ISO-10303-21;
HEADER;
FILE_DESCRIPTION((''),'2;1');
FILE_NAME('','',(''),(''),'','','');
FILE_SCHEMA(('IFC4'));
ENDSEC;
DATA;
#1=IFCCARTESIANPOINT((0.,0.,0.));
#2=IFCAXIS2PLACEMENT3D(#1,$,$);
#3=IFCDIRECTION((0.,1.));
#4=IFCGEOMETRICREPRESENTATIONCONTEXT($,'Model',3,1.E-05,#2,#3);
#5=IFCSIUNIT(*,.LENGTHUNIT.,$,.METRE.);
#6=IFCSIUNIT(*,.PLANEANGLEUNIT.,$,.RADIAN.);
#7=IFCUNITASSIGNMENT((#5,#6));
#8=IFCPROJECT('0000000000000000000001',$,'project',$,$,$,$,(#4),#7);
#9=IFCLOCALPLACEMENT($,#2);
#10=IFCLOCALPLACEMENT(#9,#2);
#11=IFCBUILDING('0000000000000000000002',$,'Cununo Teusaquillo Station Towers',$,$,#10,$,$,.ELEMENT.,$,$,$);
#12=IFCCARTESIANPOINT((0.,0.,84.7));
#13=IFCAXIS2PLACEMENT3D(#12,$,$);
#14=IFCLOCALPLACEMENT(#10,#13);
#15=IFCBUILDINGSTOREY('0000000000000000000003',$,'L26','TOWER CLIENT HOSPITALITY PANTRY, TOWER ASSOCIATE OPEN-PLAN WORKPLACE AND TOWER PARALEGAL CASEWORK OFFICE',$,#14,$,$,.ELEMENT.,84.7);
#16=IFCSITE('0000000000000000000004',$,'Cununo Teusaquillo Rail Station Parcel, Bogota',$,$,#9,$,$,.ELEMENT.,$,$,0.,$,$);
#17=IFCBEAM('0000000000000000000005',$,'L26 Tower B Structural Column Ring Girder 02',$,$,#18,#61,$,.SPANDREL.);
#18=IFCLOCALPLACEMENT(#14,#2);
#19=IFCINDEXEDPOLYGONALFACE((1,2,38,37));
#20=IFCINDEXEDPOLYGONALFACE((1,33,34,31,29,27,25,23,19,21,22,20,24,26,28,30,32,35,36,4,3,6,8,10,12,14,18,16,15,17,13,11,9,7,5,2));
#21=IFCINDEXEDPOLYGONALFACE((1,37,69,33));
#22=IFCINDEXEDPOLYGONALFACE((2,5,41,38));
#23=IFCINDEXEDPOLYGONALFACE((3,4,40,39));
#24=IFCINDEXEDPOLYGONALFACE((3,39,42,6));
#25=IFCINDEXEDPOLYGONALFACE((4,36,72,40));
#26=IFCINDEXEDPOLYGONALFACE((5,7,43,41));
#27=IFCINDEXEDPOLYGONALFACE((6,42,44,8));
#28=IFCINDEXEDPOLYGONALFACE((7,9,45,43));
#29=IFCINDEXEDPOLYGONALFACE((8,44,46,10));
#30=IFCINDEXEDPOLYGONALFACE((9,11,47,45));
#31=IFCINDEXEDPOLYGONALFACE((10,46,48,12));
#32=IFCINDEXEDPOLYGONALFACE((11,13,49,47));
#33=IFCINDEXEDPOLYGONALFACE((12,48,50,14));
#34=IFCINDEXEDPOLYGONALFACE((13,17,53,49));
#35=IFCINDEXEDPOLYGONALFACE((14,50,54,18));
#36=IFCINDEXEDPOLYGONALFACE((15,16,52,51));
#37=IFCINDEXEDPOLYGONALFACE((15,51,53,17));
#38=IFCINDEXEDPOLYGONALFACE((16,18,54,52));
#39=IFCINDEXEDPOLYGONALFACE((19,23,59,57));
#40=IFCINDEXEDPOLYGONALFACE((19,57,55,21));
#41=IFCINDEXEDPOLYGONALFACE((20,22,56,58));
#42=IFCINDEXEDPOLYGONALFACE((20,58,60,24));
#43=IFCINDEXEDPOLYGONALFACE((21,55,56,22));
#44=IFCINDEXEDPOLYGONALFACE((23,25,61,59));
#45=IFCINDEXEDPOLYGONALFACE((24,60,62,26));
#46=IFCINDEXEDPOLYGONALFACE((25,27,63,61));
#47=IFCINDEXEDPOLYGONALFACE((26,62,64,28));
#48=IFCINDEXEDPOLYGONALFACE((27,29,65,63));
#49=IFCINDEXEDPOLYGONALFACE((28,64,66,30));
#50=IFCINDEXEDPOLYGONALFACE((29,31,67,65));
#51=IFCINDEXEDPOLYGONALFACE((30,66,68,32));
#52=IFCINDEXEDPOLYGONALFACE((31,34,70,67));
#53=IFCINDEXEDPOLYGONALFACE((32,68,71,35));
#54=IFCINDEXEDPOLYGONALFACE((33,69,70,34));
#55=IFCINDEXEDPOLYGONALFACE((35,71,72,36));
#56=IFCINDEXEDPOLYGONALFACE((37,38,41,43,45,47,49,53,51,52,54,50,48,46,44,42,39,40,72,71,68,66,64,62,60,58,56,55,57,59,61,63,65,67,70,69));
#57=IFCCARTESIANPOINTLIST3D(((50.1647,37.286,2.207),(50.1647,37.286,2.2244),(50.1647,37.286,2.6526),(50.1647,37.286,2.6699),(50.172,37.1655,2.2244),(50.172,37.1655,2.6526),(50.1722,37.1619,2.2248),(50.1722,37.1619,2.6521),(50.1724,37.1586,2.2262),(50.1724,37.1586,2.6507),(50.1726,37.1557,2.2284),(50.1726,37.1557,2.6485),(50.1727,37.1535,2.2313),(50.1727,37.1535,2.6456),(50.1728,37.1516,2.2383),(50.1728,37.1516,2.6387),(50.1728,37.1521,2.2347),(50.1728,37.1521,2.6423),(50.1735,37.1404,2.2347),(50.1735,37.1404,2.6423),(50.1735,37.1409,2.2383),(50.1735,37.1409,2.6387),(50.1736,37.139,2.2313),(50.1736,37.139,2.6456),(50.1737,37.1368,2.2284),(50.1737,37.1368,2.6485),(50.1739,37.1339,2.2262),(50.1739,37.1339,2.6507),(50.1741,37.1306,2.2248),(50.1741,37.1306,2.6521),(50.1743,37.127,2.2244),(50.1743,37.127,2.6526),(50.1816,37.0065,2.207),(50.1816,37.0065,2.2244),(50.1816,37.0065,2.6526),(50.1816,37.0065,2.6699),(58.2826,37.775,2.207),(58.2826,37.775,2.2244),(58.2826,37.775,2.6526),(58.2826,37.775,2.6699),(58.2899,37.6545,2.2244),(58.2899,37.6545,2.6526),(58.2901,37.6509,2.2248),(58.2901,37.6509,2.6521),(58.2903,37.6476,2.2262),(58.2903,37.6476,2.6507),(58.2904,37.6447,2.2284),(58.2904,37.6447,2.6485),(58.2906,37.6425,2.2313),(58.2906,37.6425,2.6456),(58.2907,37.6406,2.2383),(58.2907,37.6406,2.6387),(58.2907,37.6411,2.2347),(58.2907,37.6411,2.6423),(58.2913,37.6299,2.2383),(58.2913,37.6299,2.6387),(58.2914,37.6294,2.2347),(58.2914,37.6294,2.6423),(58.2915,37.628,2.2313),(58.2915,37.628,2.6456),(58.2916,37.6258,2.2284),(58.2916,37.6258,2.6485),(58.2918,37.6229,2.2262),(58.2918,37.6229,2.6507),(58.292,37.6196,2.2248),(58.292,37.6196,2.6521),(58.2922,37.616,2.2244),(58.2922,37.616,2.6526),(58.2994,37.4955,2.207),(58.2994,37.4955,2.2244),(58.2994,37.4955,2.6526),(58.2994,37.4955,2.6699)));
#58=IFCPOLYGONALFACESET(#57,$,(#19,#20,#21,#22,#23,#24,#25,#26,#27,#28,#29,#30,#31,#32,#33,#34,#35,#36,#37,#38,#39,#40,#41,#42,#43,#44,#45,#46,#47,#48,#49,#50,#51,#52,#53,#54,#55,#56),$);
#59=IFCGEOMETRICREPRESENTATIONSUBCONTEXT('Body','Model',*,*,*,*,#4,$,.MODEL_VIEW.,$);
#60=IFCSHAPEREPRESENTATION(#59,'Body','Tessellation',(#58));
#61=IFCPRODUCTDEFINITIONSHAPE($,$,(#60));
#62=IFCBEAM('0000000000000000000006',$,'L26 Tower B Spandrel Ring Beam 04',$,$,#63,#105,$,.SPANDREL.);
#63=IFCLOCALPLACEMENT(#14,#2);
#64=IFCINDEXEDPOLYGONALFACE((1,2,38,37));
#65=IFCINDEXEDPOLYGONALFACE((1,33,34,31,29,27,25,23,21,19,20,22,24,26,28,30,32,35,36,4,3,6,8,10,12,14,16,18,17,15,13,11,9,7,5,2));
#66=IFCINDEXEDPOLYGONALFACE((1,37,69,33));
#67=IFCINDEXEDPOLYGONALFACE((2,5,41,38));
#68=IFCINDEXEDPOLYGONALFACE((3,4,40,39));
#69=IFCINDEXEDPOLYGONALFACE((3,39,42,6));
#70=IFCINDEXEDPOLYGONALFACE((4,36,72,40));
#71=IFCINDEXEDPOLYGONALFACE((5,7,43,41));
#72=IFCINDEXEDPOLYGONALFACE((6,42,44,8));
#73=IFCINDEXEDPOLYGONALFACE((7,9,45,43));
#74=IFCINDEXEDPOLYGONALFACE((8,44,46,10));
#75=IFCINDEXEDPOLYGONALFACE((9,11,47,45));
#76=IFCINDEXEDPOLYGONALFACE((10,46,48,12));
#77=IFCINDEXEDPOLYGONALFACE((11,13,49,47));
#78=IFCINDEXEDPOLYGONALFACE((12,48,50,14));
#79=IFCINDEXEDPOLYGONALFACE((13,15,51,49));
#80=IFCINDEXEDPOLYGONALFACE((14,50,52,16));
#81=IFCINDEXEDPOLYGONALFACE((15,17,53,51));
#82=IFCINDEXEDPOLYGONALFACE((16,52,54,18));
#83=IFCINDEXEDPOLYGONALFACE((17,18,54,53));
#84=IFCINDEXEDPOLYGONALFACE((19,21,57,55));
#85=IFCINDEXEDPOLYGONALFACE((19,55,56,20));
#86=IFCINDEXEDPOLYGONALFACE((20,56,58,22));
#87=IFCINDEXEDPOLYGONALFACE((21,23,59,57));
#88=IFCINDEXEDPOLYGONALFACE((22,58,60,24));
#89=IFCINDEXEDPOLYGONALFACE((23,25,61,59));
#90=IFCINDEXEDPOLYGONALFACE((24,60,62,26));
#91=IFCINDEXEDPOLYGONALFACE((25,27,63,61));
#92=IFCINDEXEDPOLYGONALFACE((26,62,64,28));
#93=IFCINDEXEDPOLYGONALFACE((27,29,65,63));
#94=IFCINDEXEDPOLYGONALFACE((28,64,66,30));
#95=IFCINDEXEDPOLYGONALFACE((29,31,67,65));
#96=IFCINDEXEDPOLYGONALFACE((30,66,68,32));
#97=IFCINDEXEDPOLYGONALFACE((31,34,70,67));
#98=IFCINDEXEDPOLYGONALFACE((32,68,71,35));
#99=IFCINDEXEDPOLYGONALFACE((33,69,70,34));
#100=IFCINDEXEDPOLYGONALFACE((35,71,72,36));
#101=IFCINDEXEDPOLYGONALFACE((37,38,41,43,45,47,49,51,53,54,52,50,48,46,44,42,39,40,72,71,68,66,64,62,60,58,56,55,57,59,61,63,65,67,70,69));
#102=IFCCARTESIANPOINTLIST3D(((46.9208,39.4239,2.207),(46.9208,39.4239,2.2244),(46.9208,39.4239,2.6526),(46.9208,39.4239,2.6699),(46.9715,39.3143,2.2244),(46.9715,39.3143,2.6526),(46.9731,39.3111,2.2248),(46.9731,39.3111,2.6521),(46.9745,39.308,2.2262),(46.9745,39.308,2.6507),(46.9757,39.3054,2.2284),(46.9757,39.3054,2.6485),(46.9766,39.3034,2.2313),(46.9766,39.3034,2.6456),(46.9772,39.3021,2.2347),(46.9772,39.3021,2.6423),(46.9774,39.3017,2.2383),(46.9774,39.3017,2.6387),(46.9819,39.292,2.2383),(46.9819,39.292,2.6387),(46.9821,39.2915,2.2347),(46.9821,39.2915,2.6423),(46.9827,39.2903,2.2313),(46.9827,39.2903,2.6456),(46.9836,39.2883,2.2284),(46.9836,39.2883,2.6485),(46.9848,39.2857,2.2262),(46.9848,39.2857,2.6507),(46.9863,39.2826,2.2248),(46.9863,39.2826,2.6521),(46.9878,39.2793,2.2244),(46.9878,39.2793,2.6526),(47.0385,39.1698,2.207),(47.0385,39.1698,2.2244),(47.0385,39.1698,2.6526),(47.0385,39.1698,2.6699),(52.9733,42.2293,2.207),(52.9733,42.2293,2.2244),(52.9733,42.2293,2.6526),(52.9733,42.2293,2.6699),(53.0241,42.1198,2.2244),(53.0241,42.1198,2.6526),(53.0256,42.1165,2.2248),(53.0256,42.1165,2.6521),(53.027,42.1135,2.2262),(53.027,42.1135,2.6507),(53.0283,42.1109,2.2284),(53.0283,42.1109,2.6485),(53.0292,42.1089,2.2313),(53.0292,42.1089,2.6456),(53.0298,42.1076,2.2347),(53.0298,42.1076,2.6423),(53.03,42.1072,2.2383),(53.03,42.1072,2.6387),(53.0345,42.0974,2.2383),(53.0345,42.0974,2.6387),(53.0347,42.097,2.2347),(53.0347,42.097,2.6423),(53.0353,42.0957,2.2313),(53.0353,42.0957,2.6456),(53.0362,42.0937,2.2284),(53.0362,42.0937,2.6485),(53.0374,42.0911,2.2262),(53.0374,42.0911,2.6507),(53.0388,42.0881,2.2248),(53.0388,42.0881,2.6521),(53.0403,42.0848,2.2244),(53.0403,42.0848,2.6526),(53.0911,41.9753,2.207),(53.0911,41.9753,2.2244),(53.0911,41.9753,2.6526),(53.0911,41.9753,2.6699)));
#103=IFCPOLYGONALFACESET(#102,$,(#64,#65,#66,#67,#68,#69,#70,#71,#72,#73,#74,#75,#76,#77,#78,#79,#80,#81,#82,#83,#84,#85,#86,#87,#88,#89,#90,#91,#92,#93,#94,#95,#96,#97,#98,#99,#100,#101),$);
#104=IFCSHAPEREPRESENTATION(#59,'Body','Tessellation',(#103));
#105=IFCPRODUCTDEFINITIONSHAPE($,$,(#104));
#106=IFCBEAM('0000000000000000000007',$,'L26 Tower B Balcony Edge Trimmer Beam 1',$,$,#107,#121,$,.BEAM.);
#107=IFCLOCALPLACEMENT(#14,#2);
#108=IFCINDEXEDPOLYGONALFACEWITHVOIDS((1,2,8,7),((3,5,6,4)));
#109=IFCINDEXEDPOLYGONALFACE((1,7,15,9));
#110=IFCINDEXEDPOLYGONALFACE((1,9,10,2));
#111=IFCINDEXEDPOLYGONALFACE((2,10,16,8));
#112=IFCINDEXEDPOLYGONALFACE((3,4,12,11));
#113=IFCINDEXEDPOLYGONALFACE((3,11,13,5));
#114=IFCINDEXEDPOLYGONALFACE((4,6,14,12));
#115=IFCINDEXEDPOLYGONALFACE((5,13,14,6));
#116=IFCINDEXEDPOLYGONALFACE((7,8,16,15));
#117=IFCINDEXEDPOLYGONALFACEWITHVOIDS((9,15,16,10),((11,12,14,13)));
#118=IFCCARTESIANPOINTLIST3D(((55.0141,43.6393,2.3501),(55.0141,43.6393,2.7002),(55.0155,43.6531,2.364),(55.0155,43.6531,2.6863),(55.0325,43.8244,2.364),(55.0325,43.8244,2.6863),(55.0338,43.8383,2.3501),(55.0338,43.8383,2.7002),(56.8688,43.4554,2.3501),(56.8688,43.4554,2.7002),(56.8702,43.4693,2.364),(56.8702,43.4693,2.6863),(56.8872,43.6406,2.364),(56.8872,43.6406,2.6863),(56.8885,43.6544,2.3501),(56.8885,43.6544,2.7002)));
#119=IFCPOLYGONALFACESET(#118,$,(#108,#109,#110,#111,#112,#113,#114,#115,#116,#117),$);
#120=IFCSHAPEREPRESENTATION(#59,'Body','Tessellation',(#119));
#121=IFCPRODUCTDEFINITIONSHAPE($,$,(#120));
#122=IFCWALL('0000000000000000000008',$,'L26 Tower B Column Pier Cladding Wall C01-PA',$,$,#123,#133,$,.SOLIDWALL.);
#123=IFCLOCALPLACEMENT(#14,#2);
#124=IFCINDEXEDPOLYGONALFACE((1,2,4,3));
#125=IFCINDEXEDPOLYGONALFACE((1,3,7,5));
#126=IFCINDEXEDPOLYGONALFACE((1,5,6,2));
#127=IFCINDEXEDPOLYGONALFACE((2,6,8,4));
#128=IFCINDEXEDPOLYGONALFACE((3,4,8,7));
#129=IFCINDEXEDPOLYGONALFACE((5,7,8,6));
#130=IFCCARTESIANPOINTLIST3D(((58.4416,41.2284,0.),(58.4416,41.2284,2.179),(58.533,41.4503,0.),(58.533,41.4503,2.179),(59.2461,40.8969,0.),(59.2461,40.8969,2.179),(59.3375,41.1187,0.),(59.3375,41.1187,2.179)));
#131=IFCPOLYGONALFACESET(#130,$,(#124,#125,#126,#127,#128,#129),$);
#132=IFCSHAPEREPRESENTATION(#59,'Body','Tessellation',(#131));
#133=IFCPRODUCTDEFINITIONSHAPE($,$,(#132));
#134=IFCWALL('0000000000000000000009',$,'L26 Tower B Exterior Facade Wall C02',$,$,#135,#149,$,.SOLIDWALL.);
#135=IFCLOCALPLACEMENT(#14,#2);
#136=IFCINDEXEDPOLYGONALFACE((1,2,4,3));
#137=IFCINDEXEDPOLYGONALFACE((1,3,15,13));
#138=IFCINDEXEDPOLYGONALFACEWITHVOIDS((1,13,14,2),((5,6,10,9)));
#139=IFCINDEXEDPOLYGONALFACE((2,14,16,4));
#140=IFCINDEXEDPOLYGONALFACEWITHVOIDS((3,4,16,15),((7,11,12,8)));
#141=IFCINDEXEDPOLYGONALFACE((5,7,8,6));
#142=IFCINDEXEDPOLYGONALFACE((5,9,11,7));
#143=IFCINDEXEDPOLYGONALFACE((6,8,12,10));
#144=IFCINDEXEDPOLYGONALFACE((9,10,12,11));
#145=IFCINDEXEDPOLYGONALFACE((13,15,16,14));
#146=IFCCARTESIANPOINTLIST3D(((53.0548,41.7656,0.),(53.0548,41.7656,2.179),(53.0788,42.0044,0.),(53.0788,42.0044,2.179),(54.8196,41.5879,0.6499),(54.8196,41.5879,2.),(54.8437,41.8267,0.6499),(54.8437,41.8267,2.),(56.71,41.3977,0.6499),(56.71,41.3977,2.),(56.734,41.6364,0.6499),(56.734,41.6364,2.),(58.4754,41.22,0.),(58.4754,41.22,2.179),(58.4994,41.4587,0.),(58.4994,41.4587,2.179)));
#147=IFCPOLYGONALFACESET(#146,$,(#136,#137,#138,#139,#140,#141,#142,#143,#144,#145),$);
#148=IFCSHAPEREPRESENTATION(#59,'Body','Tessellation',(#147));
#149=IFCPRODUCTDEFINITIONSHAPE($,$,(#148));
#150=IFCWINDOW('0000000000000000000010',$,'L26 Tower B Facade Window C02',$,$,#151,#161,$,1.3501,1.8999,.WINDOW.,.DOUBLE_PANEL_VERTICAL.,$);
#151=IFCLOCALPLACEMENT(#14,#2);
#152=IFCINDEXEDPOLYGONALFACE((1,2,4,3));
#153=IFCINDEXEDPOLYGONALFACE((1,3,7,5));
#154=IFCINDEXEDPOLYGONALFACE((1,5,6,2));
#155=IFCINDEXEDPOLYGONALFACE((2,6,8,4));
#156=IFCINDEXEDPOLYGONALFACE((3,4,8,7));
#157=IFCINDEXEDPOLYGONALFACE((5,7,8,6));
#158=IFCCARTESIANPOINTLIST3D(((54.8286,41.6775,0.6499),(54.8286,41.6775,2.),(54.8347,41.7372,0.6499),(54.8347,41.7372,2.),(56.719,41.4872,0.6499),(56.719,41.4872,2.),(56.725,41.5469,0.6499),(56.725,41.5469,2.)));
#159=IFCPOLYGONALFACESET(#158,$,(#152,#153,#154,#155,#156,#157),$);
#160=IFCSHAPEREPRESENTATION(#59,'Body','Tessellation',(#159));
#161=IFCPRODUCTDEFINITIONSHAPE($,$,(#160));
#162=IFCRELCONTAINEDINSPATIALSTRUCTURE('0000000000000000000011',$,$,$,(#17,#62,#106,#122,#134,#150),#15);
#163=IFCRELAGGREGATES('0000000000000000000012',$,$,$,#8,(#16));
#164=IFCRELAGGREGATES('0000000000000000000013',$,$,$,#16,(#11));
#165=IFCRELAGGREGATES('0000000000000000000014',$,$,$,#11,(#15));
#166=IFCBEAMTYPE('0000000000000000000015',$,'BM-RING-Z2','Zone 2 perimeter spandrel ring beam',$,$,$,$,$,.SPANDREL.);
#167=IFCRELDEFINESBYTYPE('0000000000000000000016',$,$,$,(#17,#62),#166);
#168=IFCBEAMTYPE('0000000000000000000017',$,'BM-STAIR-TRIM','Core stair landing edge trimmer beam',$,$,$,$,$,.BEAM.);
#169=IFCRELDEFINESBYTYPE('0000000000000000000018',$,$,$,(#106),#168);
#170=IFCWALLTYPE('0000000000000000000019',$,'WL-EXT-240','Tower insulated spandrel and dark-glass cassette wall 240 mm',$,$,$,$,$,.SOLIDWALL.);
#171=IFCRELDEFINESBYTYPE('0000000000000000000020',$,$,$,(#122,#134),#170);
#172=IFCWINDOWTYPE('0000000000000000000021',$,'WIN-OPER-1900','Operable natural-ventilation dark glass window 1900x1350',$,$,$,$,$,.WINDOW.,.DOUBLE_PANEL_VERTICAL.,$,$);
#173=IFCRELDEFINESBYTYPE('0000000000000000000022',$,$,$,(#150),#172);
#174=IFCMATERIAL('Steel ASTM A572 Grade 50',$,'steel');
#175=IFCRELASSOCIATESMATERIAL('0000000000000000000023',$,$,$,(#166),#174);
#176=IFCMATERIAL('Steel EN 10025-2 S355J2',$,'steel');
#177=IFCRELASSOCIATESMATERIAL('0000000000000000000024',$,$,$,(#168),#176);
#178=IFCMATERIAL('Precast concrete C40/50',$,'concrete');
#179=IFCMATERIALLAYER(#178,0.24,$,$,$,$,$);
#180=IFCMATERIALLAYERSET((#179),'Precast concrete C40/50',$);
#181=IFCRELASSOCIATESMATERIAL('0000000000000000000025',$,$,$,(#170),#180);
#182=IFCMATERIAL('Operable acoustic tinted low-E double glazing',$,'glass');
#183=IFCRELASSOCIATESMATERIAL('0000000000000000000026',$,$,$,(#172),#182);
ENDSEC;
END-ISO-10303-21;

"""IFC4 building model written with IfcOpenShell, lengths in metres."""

from ifc_helpers import new_model, si_unit, direction, frame, frame_2d, origin, origin_2d, place, context, subcontext, project, spatial, rectangle, hollow_rectangle, i_section, extrude, source, transform, mapped, material, layer, layer_set, material_profile, profile_set, type_object, element, fill, save


model = new_model("IFC4")

# Units and contexts
model_context = context("Model", 3, precision=1e-05, world=origin(), true_north=direction((0.0, 1.0)))
body_context = subcontext(model_context, "Body", "Model", "MODEL_VIEW")
ifc_project = project(units=[si_unit("LENGTHUNIT", "METRE"), si_unit("PLANEANGLEUNIT", "RADIAN")], contexts=[model_context])

# Site, building, storey
site_placement = place(None, origin())
site = spatial("IfcSite", under=ifc_project, at=site_placement, Name="Cununo Teusaquillo Rail Station Parcel, Bogota", CompositionType="ELEMENT", RefElevation=0.0)
building_placement = place(site_placement, origin())
building = spatial("IfcBuilding", under=site, at=building_placement, Name="Cununo Teusaquillo Station Towers", CompositionType="ELEMENT")
storey_placement = place(building_placement, frame((0.0, 0.0, 84.7)))
storey = spatial("IfcBuildingStorey", under=building, at=storey_placement, Name="L26", Description="TOWER CLIENT HOSPITALITY PANTRY, TOWER ASSOCIATE OPEN-PLAN WORKPLACE AND TOWER PARALEGAL CASEWORK OFFICE", CompositionType="ELEMENT", Elevation=84.7)

# Beams
ifc_material_1 = material(Name="Steel ASTM A572 Grade 50", Category="steel")
ifc_material_profile_1 = material_profile(ifc_material_1, i_section(OverallWidth=0.28, OverallDepth=0.4629, WebThickness=0.0107, FlangeThickness=0.0173, FilletRadius=0.0139, at=origin_2d()), Name="W18X76")
ifc_profile_set_1 = profile_set([ifc_material_profile_1], Name="Steel ASTM A572 Grade 50")
beam_type_1 = type_object("IfcBeamType", Name="BM-RING-Z2", Description="Zone 2 perimeter spandrel ring beam", PredefinedType="SPANDREL", material=ifc_profile_set_1)
beam_1_placement = place(storey_placement, frame((58.291, 37.6353, 2.4385), z_axis=(-0.998191, -0.06013, 0.0), x_axis=(0.06013, -0.998191, 0.0)))
element("IfcBeam", 1, at=beam_1_placement, inside=storey, type_object=beam_type_1, Name="L26 Tower B Structural Column Ring Girder 02", PredefinedType="SPANDREL", context=body_context, shape_type="SweptSolid", body=[
    extrude(i_section(OverallWidth=0.28, OverallDepth=0.4629, WebThickness=0.0107, FlangeThickness=0.0173, FilletRadius=0.0139, at=origin_2d()), origin(), (0.0, 0.0, 1.0), 8.1326),
])
beam_2_placement = place(storey_placement, frame((53.0322, 42.1023, 2.4385), z_axis=(-0.907276, -0.420536, 0.0), x_axis=(0.420536, -0.907276, 0.0)))
element("IfcBeam", 2, at=beam_2_placement, inside=storey, type_object=beam_type_1, Name="L26 Tower B Spandrel Ring Beam 04", PredefinedType="SPANDREL", context=body_context, shape_type="SweptSolid", body=[
    extrude(i_section(OverallWidth=0.28, OverallDepth=0.4629, WebThickness=0.0107, FlangeThickness=0.0173, FilletRadius=0.0139, at=origin_2d()), origin(), (0.0, 0.0, 1.0), 6.6711),
])
ifc_material_2 = material(Name="Steel EN 10025-2 S355J2", Category="steel")
ifc_material_profile_2 = material_profile(ifc_material_2, hollow_rectangle(XDim=0.2, YDim=0.3501, WallThickness=0.0139, at=origin_2d()), Name="RHS 350x200x14")
ifc_profile_set_2 = profile_set([ifc_material_profile_2], Name="Steel EN 10025-2 S355J2")
beam_type_2 = type_object("IfcBeamType", Name="BM-STAIR-TRIM", Description="Core stair landing edge trimmer beam", PredefinedType="BEAM", material=ifc_profile_set_2)
beam_3_placement = place(storey_placement, frame((56.8787, 43.5549, 2.5251), z_axis=(-0.995124, 0.098635, 0.0), x_axis=(-0.098635, -0.995124, 0.0)))
element("IfcBeam", 3, at=beam_3_placement, inside=storey, type_object=beam_type_2, Name="L26 Tower B Balcony Edge Trimmer Beam 1", PredefinedType="BEAM", context=body_context, shape_type="SweptSolid", body=[
    extrude(hollow_rectangle(XDim=0.2, YDim=0.3501, WallThickness=0.0139, at=origin_2d()), origin(), (0.0, 0.0, 1.0), 1.8638),
])

# Wall
ifc_material_3 = material(Name="Precast concrete C40/50", Category="concrete")
ifc_layer_1 = layer(ifc_material_3, 0.24)
ifc_layer_set_1 = layer_set([ifc_layer_1], Name="Precast concrete C40/50")
wall_type_1 = type_object("IfcWallType", Name="WL-EXT-240", Description="Tower insulated spandrel and dark-glass cassette wall 240 mm", PredefinedType="SOLIDWALL", material=ifc_layer_set_1)
wall_1_placement = place(storey_placement, frame((58.4873, 41.3394, 0.0), z_axis=(0.0, 0.0, 1.0), x_axis=(0.924556, -0.381046, 0.0)))
element("IfcWall", 4, at=wall_1_placement, inside=storey, type_object=wall_type_1, Name="L26 Tower B Column Pier Cladding Wall C01-PA", PredefinedType="SOLIDWALL", context=body_context, shape_type="SweptSolid", body=[
    extrude(rectangle(XDim=0.8701, YDim=0.24, at=frame_2d((0.4351, 0.0))), origin(), (0.0, 0.0, 1.0), 2.179),
])

# Wall, opening, window
wall_2_placement = place(storey_placement, frame((53.0667, 41.885, 0.0), z_axis=(0.0, 0.0, 1.0), x_axis=(0.994972, -0.100156, 0.0)))
wall_2 = element("IfcWall", 5, at=wall_2_placement, inside=storey, type_object=wall_type_1, Name="L26 Tower B Exterior Facade Wall C02", PredefinedType="SOLIDWALL", context=body_context, shape_type="SweptSolid", body=[
    extrude(rectangle(XDim=5.448, YDim=0.24, at=frame_2d((2.7241, 0.0))), origin(), (0.0, 0.0, 1.0), 2.179),
])
shared_shape_1 = source(origin(), body_context, "Body", "SweptSolid", [
    extrude(rectangle(XDim=1.8999, YDim=1.3501, at=frame_2d((0.95, 0.675))), frame((0.0, 0.1299, 0.0), z_axis=(0.0, -1.0, 0.0), x_axis=(1.0, 0.0, 0.0)), (0.0, 0.0, 1.0), 0.26),
])
opening_1_placement = place(wall_2_placement, frame((1.7739, 0.0, 0.6499)))
opening_1 = element("IfcOpeningElement", 6, at=opening_1_placement, cuts=wall_2, PredefinedType="OPENING", context=body_context, shape_type="MappedRepresentation", body=[
    mapped(shared_shape_1, transform((0.0, 0.0, 0.0), x_axis=(1.0, 0.0, 0.0), y_axis=(0.0, 1.0, 0.0), z_axis=(0.0, 0.0, 1.0), scale=1.0)),
])
ifc_material_4 = material(Name="Operable acoustic tinted low-E double glazing", Category="glass")
window_type = type_object("IfcWindowType", Name="WIN-OPER-1900", Description="Operable natural-ventilation dark glass window 1900x1350", PartitioningType="DOUBLE_PANEL_VERTICAL", PredefinedType="WINDOW", material=ifc_material_4)
shared_shape_2 = source(origin(), body_context, "Body", "SweptSolid", [
    extrude(rectangle(XDim=1.8999, YDim=1.3501, at=frame_2d((0.95, 0.675))), frame((0.0, 0.03, 0.0), z_axis=(0.0, -1.0, 0.0), x_axis=(1.0, 0.0, 0.0)), (0.0, 0.0, 1.0), 0.0601),
])
window_placement = place(opening_1_placement, origin())
window = element("IfcWindow", 7, at=window_placement, inside=storey, type_object=window_type, Name="L26 Tower B Facade Window C02", OverallHeight=1.3501, OverallWidth=1.8999, PartitioningType="DOUBLE_PANEL_VERTICAL", PredefinedType="WINDOW", context=body_context, shape_type="MappedRepresentation", body=[
    mapped(shared_shape_2, transform((0.0, 0.0, 0.0), x_axis=(1.0, 0.0, 0.0), y_axis=(0.0, 1.0, 0.0), z_axis=(0.0, 0.0, 1.0), scale=1.0)),
])
fill(opening_1, window)

save(model, "model.ifc")
